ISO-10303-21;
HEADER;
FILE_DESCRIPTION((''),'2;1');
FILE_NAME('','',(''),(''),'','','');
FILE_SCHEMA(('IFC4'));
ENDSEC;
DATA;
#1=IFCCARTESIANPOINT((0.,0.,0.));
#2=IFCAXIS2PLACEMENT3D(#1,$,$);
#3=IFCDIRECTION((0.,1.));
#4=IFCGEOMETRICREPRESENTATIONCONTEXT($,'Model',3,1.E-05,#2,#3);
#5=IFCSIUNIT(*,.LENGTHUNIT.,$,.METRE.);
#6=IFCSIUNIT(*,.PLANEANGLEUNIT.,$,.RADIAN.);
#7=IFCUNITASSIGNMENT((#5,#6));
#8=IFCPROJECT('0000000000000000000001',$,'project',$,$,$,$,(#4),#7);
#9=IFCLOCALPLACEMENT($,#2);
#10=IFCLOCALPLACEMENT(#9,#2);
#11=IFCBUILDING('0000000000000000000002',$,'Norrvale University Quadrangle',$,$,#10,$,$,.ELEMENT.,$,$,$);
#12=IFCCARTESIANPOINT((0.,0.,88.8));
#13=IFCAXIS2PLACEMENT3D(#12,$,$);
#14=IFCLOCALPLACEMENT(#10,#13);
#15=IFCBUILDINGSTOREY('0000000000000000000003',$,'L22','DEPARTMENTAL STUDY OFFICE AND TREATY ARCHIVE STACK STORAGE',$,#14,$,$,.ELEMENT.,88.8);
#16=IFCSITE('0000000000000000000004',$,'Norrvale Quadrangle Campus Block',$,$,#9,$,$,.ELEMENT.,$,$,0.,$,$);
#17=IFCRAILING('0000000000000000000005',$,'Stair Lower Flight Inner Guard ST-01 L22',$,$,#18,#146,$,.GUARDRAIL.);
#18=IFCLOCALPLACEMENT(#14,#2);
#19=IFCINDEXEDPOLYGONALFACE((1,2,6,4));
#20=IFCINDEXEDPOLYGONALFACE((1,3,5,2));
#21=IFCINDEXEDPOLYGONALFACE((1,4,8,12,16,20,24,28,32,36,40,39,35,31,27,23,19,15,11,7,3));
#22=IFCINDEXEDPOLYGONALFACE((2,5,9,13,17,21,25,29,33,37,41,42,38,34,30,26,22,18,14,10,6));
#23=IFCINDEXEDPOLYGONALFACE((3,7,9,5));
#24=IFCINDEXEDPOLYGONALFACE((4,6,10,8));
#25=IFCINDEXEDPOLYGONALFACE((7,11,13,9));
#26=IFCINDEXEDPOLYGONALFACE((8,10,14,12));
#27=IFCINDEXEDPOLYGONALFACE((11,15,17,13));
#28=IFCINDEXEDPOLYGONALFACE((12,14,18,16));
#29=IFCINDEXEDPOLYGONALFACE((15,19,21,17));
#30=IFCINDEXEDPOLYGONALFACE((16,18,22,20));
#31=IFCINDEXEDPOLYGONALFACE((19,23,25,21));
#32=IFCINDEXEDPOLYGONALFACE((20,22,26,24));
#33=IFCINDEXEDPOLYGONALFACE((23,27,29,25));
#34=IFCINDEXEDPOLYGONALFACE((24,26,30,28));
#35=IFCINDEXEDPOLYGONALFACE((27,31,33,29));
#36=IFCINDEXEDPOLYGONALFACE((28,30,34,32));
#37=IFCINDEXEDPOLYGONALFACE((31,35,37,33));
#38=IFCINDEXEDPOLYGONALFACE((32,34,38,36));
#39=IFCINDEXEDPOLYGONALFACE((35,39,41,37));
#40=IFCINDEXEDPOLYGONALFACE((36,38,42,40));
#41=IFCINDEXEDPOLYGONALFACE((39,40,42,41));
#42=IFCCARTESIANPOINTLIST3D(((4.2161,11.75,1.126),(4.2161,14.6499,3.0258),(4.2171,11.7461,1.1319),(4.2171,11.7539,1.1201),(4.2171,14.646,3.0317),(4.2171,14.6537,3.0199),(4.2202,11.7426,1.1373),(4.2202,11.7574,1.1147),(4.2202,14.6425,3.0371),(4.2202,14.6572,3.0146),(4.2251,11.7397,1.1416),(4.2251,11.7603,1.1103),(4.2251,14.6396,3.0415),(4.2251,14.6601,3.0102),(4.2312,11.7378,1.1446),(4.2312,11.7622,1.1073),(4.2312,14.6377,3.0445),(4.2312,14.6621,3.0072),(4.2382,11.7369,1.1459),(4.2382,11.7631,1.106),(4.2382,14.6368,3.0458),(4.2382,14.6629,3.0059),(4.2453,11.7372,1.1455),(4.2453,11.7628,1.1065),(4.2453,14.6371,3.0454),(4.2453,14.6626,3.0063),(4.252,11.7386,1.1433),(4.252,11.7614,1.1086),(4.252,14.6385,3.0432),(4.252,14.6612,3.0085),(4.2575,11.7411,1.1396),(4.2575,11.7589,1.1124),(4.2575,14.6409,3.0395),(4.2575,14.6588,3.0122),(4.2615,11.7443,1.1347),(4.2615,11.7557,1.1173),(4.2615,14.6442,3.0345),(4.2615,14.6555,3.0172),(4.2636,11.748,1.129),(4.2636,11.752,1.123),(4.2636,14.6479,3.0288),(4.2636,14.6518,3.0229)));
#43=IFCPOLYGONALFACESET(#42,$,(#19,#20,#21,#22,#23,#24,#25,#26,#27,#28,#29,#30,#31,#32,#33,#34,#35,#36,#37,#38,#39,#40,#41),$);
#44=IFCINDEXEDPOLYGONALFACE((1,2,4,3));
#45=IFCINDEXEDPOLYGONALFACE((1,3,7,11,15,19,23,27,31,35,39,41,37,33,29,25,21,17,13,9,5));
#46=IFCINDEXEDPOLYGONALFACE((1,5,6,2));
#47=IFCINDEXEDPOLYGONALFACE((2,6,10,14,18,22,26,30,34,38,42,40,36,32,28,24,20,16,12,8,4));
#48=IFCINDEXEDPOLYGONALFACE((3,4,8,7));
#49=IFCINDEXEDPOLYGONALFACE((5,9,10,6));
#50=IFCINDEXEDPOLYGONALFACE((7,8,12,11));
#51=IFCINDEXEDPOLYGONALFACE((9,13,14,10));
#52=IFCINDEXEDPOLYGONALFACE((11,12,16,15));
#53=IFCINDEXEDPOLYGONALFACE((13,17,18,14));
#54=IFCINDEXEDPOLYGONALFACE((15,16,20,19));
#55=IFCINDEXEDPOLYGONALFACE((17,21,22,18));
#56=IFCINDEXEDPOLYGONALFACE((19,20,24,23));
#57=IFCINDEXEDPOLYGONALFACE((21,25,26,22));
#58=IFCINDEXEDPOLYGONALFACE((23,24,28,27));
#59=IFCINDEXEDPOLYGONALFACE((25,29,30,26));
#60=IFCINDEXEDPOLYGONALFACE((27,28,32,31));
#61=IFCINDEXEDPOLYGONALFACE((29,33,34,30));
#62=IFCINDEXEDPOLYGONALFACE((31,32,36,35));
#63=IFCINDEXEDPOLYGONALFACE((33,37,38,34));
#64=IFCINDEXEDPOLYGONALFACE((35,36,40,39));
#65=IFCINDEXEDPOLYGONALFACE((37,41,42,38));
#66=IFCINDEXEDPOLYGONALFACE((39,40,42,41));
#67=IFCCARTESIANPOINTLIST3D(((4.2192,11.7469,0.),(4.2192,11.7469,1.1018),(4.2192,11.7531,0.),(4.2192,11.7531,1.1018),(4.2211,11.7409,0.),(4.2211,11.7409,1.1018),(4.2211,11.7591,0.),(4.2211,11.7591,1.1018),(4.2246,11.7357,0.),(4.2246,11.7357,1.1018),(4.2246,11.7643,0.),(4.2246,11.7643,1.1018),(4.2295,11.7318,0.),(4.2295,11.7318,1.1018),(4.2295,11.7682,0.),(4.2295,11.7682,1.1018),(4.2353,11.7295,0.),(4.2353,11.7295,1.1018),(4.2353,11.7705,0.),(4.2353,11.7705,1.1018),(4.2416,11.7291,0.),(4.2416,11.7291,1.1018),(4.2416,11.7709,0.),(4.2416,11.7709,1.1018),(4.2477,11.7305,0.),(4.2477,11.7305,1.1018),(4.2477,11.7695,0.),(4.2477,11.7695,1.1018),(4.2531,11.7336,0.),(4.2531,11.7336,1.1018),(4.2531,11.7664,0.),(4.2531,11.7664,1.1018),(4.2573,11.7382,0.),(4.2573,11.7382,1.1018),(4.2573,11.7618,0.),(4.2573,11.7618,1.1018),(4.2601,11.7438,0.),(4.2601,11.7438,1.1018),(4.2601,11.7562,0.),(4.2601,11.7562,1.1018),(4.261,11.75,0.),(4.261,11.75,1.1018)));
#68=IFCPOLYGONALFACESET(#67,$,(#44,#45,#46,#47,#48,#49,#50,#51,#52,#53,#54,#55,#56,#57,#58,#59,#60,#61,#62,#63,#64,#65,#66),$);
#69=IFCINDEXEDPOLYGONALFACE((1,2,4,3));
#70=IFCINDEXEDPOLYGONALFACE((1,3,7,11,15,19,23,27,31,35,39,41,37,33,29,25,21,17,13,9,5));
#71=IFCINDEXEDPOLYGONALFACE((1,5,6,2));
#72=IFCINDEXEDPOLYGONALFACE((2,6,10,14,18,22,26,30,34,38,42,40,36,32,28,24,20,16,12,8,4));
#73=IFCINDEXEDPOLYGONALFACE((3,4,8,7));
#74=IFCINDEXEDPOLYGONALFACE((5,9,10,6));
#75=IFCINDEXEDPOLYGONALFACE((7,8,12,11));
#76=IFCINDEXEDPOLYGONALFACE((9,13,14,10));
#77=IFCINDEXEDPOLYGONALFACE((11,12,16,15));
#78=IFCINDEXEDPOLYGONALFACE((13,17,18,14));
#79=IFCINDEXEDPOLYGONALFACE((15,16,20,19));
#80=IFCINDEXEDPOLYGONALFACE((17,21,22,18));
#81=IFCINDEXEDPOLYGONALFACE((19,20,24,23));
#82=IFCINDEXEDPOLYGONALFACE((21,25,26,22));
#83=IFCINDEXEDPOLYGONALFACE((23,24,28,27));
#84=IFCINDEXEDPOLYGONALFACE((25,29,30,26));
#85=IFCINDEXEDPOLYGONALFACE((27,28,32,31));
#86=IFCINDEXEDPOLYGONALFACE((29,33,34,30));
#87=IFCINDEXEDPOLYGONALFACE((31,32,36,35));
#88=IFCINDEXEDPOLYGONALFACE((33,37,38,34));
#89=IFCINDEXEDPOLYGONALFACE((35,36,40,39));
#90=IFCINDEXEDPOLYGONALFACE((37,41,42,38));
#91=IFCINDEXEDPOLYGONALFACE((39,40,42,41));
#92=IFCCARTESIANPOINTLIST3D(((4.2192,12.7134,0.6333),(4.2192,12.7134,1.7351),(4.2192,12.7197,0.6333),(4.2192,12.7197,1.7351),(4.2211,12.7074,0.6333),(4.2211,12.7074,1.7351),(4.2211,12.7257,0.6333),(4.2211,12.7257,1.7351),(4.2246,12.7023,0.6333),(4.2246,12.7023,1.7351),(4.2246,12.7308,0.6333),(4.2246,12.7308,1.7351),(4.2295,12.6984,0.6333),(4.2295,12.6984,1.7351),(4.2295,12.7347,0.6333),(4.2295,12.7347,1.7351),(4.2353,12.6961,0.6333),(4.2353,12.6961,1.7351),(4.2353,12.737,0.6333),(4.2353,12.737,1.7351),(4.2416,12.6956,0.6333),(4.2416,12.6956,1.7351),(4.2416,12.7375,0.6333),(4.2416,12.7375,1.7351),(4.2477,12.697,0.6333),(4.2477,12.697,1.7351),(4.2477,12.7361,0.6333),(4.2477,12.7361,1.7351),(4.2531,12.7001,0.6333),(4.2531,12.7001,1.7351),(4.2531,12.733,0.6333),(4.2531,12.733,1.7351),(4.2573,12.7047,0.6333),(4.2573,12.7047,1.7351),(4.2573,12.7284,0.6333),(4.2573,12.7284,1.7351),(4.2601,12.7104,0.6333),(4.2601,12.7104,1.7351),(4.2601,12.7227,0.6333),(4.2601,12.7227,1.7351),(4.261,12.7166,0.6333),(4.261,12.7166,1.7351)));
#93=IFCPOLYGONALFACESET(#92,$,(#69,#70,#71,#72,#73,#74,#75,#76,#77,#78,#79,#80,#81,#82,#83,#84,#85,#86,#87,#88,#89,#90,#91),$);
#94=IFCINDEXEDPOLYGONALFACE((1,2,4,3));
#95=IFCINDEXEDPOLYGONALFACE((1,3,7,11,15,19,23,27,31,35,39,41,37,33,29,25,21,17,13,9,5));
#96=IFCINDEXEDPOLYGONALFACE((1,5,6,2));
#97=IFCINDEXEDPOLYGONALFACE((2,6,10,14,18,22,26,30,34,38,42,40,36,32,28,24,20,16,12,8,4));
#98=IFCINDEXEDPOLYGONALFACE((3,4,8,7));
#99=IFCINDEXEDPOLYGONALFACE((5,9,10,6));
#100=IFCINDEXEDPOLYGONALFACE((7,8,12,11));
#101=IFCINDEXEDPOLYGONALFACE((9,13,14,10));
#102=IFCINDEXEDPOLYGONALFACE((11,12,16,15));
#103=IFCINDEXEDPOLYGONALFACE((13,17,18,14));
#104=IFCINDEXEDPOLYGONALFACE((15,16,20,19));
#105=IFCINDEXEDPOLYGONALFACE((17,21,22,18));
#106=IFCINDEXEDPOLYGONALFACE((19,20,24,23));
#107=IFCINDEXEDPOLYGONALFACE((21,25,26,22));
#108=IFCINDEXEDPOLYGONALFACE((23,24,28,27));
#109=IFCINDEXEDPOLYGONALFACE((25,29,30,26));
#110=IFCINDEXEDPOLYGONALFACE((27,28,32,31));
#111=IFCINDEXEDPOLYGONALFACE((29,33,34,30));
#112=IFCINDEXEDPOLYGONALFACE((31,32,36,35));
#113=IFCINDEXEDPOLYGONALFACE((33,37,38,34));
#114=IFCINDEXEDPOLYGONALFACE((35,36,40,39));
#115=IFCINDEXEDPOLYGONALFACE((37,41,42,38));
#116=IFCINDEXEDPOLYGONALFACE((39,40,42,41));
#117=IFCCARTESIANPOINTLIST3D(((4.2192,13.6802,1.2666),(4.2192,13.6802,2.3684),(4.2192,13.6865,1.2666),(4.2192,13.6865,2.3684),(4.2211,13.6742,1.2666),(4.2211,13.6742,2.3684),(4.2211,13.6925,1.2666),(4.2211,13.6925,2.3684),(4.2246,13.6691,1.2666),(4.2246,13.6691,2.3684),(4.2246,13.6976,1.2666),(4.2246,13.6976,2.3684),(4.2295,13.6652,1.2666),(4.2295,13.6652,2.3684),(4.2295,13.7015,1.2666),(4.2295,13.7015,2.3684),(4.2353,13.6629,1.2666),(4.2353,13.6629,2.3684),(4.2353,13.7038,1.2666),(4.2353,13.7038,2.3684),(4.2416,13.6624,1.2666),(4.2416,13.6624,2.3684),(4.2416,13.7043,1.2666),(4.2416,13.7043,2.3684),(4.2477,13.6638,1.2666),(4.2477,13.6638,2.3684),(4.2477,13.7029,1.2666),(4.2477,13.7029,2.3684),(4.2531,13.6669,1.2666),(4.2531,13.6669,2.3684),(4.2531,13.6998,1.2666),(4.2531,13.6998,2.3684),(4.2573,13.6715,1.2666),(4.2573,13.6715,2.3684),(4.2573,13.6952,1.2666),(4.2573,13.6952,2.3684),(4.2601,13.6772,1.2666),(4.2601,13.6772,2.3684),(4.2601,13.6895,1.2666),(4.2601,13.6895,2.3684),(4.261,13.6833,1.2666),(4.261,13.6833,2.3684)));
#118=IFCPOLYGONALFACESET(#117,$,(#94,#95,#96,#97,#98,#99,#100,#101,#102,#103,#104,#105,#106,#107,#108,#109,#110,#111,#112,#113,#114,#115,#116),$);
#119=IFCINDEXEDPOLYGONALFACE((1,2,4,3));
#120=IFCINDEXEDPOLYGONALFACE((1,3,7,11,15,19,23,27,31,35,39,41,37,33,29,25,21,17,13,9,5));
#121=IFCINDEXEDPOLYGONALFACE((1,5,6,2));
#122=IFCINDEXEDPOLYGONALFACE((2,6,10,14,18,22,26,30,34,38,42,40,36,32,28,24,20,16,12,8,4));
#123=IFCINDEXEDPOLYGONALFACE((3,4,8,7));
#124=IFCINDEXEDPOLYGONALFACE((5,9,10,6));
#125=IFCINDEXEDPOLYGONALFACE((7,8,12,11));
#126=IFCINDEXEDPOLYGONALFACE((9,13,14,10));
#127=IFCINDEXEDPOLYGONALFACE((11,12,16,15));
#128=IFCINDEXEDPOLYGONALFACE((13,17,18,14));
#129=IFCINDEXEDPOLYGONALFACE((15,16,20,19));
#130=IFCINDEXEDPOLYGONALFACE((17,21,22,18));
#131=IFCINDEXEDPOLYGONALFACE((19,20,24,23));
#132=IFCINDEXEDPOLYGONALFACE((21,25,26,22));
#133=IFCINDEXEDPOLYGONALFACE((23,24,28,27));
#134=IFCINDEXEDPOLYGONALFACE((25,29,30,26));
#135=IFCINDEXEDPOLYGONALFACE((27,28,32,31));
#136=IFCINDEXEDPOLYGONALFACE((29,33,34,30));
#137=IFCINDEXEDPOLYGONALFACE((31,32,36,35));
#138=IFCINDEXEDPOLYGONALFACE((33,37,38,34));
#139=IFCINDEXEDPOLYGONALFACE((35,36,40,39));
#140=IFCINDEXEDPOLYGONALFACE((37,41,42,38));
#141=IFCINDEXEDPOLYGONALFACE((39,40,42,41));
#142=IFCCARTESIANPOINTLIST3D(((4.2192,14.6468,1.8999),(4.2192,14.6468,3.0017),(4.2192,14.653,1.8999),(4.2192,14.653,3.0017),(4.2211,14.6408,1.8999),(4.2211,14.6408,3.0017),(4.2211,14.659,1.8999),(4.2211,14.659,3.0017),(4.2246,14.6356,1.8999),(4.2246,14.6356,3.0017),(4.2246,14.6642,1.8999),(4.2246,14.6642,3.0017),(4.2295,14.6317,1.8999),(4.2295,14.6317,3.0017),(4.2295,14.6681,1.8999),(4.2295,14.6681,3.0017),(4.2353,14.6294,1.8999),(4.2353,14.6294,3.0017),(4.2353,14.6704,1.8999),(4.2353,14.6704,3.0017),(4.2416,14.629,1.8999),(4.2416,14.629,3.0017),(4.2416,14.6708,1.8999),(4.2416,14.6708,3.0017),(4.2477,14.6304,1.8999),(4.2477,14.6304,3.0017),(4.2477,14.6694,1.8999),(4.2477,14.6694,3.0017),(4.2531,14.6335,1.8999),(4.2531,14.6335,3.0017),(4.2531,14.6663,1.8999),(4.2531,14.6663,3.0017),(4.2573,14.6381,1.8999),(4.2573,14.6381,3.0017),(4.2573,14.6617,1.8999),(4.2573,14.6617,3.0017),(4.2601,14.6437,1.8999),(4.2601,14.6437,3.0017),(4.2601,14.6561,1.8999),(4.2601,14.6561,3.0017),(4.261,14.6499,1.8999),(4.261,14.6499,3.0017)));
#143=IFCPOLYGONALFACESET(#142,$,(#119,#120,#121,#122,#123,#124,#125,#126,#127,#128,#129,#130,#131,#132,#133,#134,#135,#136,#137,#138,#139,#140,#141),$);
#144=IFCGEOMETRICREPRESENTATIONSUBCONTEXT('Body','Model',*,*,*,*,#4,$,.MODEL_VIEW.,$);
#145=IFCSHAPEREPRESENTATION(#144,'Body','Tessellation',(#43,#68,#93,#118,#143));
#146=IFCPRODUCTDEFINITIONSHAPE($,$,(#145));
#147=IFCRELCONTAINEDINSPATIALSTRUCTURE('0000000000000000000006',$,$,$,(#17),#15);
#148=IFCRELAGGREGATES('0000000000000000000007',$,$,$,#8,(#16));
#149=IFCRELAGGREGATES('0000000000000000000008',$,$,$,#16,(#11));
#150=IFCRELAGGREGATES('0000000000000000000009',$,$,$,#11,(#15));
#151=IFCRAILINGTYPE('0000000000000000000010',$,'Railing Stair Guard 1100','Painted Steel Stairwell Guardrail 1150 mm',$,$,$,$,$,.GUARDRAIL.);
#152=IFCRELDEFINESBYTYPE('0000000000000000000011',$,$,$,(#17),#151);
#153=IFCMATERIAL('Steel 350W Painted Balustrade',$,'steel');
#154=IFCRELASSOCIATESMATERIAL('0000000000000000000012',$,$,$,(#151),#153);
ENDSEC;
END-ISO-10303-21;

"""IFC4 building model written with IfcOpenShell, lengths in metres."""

from ifc_helpers import new_model, si_unit, direction, frame, origin, origin_2d, place, context, subcontext, project, spatial, circle, extrude, material, type_object, element, save


model = new_model("IFC4")

# Units and contexts
model_context = context("Model", 3, precision=1e-05, world=origin(), true_north=direction((0.0, 1.0)))
body_context = subcontext(model_context, "Body", "Model", "MODEL_VIEW")
ifc_project = project(units=[si_unit("LENGTHUNIT", "METRE"), si_unit("PLANEANGLEUNIT", "RADIAN")], contexts=[model_context])

# Site, building, storey
site_placement = place(None, origin())
site = spatial("IfcSite", under=ifc_project, at=site_placement, Name="Norrvale Quadrangle Campus Block", CompositionType="ELEMENT", RefElevation=0.0)
building_placement = place(site_placement, origin())
building = spatial("IfcBuilding", under=site, at=building_placement, Name="Norrvale University Quadrangle", CompositionType="ELEMENT")
storey_placement = place(building_placement, frame((0.0, 0.0, 88.8)))
storey = spatial("IfcBuildingStorey", under=building, at=storey_placement, Name="L22", Description="DEPARTMENTAL STUDY OFFICE AND TREATY ARCHIVE STACK STORAGE", CompositionType="ELEMENT", Elevation=88.8)

# Railing
ifc_material_1 = material(Name="Steel 350W Painted Balustrade", Category="steel")
railing_type_1 = type_object("IfcRailingType", Name="Railing Stair Guard 1100", Description="Painted Steel Stairwell Guardrail 1150 mm", PredefinedType="GUARDRAIL", material=ifc_material_1)
railing_1_placement = place(storey_placement, frame((4.24, 11.75, 0.0)))
element("IfcRailing", 1, at=railing_1_placement, inside=storey, type_object=railing_type_1, Name="Stair Lower Flight Inner Guard ST-01 L22", PredefinedType="GUARDRAIL", context=body_context, shape_type="SweptSolid", body=[
    extrude(circle(Radius=0.0239, at=origin_2d()), frame((0.0, 0.0, 1.126), z_axis=(0.0, 0.836466, 0.548019), x_axis=(-1.0, 0.0, 0.0)), (0.0, 0.0, 1.0), 3.4668),
    extrude(circle(Radius=0.021, at=origin_2d()), origin(), (0.0, 0.0, 1.0), 1.1018),
    extrude(circle(Radius=0.021, at=origin_2d()), frame((0.0, 0.9666, 0.6333)), (0.0, 0.0, 1.0), 1.1018),
    extrude(circle(Radius=0.021, at=origin_2d()), frame((0.0, 1.9333, 1.2666)), (0.0, 0.0, 1.0), 1.1018),
    extrude(circle(Radius=0.021, at=origin_2d()), frame((0.0, 2.8999, 1.8999)), (0.0, 0.0, 1.0), 1.1018),
])

save(model, "model.ifc")
